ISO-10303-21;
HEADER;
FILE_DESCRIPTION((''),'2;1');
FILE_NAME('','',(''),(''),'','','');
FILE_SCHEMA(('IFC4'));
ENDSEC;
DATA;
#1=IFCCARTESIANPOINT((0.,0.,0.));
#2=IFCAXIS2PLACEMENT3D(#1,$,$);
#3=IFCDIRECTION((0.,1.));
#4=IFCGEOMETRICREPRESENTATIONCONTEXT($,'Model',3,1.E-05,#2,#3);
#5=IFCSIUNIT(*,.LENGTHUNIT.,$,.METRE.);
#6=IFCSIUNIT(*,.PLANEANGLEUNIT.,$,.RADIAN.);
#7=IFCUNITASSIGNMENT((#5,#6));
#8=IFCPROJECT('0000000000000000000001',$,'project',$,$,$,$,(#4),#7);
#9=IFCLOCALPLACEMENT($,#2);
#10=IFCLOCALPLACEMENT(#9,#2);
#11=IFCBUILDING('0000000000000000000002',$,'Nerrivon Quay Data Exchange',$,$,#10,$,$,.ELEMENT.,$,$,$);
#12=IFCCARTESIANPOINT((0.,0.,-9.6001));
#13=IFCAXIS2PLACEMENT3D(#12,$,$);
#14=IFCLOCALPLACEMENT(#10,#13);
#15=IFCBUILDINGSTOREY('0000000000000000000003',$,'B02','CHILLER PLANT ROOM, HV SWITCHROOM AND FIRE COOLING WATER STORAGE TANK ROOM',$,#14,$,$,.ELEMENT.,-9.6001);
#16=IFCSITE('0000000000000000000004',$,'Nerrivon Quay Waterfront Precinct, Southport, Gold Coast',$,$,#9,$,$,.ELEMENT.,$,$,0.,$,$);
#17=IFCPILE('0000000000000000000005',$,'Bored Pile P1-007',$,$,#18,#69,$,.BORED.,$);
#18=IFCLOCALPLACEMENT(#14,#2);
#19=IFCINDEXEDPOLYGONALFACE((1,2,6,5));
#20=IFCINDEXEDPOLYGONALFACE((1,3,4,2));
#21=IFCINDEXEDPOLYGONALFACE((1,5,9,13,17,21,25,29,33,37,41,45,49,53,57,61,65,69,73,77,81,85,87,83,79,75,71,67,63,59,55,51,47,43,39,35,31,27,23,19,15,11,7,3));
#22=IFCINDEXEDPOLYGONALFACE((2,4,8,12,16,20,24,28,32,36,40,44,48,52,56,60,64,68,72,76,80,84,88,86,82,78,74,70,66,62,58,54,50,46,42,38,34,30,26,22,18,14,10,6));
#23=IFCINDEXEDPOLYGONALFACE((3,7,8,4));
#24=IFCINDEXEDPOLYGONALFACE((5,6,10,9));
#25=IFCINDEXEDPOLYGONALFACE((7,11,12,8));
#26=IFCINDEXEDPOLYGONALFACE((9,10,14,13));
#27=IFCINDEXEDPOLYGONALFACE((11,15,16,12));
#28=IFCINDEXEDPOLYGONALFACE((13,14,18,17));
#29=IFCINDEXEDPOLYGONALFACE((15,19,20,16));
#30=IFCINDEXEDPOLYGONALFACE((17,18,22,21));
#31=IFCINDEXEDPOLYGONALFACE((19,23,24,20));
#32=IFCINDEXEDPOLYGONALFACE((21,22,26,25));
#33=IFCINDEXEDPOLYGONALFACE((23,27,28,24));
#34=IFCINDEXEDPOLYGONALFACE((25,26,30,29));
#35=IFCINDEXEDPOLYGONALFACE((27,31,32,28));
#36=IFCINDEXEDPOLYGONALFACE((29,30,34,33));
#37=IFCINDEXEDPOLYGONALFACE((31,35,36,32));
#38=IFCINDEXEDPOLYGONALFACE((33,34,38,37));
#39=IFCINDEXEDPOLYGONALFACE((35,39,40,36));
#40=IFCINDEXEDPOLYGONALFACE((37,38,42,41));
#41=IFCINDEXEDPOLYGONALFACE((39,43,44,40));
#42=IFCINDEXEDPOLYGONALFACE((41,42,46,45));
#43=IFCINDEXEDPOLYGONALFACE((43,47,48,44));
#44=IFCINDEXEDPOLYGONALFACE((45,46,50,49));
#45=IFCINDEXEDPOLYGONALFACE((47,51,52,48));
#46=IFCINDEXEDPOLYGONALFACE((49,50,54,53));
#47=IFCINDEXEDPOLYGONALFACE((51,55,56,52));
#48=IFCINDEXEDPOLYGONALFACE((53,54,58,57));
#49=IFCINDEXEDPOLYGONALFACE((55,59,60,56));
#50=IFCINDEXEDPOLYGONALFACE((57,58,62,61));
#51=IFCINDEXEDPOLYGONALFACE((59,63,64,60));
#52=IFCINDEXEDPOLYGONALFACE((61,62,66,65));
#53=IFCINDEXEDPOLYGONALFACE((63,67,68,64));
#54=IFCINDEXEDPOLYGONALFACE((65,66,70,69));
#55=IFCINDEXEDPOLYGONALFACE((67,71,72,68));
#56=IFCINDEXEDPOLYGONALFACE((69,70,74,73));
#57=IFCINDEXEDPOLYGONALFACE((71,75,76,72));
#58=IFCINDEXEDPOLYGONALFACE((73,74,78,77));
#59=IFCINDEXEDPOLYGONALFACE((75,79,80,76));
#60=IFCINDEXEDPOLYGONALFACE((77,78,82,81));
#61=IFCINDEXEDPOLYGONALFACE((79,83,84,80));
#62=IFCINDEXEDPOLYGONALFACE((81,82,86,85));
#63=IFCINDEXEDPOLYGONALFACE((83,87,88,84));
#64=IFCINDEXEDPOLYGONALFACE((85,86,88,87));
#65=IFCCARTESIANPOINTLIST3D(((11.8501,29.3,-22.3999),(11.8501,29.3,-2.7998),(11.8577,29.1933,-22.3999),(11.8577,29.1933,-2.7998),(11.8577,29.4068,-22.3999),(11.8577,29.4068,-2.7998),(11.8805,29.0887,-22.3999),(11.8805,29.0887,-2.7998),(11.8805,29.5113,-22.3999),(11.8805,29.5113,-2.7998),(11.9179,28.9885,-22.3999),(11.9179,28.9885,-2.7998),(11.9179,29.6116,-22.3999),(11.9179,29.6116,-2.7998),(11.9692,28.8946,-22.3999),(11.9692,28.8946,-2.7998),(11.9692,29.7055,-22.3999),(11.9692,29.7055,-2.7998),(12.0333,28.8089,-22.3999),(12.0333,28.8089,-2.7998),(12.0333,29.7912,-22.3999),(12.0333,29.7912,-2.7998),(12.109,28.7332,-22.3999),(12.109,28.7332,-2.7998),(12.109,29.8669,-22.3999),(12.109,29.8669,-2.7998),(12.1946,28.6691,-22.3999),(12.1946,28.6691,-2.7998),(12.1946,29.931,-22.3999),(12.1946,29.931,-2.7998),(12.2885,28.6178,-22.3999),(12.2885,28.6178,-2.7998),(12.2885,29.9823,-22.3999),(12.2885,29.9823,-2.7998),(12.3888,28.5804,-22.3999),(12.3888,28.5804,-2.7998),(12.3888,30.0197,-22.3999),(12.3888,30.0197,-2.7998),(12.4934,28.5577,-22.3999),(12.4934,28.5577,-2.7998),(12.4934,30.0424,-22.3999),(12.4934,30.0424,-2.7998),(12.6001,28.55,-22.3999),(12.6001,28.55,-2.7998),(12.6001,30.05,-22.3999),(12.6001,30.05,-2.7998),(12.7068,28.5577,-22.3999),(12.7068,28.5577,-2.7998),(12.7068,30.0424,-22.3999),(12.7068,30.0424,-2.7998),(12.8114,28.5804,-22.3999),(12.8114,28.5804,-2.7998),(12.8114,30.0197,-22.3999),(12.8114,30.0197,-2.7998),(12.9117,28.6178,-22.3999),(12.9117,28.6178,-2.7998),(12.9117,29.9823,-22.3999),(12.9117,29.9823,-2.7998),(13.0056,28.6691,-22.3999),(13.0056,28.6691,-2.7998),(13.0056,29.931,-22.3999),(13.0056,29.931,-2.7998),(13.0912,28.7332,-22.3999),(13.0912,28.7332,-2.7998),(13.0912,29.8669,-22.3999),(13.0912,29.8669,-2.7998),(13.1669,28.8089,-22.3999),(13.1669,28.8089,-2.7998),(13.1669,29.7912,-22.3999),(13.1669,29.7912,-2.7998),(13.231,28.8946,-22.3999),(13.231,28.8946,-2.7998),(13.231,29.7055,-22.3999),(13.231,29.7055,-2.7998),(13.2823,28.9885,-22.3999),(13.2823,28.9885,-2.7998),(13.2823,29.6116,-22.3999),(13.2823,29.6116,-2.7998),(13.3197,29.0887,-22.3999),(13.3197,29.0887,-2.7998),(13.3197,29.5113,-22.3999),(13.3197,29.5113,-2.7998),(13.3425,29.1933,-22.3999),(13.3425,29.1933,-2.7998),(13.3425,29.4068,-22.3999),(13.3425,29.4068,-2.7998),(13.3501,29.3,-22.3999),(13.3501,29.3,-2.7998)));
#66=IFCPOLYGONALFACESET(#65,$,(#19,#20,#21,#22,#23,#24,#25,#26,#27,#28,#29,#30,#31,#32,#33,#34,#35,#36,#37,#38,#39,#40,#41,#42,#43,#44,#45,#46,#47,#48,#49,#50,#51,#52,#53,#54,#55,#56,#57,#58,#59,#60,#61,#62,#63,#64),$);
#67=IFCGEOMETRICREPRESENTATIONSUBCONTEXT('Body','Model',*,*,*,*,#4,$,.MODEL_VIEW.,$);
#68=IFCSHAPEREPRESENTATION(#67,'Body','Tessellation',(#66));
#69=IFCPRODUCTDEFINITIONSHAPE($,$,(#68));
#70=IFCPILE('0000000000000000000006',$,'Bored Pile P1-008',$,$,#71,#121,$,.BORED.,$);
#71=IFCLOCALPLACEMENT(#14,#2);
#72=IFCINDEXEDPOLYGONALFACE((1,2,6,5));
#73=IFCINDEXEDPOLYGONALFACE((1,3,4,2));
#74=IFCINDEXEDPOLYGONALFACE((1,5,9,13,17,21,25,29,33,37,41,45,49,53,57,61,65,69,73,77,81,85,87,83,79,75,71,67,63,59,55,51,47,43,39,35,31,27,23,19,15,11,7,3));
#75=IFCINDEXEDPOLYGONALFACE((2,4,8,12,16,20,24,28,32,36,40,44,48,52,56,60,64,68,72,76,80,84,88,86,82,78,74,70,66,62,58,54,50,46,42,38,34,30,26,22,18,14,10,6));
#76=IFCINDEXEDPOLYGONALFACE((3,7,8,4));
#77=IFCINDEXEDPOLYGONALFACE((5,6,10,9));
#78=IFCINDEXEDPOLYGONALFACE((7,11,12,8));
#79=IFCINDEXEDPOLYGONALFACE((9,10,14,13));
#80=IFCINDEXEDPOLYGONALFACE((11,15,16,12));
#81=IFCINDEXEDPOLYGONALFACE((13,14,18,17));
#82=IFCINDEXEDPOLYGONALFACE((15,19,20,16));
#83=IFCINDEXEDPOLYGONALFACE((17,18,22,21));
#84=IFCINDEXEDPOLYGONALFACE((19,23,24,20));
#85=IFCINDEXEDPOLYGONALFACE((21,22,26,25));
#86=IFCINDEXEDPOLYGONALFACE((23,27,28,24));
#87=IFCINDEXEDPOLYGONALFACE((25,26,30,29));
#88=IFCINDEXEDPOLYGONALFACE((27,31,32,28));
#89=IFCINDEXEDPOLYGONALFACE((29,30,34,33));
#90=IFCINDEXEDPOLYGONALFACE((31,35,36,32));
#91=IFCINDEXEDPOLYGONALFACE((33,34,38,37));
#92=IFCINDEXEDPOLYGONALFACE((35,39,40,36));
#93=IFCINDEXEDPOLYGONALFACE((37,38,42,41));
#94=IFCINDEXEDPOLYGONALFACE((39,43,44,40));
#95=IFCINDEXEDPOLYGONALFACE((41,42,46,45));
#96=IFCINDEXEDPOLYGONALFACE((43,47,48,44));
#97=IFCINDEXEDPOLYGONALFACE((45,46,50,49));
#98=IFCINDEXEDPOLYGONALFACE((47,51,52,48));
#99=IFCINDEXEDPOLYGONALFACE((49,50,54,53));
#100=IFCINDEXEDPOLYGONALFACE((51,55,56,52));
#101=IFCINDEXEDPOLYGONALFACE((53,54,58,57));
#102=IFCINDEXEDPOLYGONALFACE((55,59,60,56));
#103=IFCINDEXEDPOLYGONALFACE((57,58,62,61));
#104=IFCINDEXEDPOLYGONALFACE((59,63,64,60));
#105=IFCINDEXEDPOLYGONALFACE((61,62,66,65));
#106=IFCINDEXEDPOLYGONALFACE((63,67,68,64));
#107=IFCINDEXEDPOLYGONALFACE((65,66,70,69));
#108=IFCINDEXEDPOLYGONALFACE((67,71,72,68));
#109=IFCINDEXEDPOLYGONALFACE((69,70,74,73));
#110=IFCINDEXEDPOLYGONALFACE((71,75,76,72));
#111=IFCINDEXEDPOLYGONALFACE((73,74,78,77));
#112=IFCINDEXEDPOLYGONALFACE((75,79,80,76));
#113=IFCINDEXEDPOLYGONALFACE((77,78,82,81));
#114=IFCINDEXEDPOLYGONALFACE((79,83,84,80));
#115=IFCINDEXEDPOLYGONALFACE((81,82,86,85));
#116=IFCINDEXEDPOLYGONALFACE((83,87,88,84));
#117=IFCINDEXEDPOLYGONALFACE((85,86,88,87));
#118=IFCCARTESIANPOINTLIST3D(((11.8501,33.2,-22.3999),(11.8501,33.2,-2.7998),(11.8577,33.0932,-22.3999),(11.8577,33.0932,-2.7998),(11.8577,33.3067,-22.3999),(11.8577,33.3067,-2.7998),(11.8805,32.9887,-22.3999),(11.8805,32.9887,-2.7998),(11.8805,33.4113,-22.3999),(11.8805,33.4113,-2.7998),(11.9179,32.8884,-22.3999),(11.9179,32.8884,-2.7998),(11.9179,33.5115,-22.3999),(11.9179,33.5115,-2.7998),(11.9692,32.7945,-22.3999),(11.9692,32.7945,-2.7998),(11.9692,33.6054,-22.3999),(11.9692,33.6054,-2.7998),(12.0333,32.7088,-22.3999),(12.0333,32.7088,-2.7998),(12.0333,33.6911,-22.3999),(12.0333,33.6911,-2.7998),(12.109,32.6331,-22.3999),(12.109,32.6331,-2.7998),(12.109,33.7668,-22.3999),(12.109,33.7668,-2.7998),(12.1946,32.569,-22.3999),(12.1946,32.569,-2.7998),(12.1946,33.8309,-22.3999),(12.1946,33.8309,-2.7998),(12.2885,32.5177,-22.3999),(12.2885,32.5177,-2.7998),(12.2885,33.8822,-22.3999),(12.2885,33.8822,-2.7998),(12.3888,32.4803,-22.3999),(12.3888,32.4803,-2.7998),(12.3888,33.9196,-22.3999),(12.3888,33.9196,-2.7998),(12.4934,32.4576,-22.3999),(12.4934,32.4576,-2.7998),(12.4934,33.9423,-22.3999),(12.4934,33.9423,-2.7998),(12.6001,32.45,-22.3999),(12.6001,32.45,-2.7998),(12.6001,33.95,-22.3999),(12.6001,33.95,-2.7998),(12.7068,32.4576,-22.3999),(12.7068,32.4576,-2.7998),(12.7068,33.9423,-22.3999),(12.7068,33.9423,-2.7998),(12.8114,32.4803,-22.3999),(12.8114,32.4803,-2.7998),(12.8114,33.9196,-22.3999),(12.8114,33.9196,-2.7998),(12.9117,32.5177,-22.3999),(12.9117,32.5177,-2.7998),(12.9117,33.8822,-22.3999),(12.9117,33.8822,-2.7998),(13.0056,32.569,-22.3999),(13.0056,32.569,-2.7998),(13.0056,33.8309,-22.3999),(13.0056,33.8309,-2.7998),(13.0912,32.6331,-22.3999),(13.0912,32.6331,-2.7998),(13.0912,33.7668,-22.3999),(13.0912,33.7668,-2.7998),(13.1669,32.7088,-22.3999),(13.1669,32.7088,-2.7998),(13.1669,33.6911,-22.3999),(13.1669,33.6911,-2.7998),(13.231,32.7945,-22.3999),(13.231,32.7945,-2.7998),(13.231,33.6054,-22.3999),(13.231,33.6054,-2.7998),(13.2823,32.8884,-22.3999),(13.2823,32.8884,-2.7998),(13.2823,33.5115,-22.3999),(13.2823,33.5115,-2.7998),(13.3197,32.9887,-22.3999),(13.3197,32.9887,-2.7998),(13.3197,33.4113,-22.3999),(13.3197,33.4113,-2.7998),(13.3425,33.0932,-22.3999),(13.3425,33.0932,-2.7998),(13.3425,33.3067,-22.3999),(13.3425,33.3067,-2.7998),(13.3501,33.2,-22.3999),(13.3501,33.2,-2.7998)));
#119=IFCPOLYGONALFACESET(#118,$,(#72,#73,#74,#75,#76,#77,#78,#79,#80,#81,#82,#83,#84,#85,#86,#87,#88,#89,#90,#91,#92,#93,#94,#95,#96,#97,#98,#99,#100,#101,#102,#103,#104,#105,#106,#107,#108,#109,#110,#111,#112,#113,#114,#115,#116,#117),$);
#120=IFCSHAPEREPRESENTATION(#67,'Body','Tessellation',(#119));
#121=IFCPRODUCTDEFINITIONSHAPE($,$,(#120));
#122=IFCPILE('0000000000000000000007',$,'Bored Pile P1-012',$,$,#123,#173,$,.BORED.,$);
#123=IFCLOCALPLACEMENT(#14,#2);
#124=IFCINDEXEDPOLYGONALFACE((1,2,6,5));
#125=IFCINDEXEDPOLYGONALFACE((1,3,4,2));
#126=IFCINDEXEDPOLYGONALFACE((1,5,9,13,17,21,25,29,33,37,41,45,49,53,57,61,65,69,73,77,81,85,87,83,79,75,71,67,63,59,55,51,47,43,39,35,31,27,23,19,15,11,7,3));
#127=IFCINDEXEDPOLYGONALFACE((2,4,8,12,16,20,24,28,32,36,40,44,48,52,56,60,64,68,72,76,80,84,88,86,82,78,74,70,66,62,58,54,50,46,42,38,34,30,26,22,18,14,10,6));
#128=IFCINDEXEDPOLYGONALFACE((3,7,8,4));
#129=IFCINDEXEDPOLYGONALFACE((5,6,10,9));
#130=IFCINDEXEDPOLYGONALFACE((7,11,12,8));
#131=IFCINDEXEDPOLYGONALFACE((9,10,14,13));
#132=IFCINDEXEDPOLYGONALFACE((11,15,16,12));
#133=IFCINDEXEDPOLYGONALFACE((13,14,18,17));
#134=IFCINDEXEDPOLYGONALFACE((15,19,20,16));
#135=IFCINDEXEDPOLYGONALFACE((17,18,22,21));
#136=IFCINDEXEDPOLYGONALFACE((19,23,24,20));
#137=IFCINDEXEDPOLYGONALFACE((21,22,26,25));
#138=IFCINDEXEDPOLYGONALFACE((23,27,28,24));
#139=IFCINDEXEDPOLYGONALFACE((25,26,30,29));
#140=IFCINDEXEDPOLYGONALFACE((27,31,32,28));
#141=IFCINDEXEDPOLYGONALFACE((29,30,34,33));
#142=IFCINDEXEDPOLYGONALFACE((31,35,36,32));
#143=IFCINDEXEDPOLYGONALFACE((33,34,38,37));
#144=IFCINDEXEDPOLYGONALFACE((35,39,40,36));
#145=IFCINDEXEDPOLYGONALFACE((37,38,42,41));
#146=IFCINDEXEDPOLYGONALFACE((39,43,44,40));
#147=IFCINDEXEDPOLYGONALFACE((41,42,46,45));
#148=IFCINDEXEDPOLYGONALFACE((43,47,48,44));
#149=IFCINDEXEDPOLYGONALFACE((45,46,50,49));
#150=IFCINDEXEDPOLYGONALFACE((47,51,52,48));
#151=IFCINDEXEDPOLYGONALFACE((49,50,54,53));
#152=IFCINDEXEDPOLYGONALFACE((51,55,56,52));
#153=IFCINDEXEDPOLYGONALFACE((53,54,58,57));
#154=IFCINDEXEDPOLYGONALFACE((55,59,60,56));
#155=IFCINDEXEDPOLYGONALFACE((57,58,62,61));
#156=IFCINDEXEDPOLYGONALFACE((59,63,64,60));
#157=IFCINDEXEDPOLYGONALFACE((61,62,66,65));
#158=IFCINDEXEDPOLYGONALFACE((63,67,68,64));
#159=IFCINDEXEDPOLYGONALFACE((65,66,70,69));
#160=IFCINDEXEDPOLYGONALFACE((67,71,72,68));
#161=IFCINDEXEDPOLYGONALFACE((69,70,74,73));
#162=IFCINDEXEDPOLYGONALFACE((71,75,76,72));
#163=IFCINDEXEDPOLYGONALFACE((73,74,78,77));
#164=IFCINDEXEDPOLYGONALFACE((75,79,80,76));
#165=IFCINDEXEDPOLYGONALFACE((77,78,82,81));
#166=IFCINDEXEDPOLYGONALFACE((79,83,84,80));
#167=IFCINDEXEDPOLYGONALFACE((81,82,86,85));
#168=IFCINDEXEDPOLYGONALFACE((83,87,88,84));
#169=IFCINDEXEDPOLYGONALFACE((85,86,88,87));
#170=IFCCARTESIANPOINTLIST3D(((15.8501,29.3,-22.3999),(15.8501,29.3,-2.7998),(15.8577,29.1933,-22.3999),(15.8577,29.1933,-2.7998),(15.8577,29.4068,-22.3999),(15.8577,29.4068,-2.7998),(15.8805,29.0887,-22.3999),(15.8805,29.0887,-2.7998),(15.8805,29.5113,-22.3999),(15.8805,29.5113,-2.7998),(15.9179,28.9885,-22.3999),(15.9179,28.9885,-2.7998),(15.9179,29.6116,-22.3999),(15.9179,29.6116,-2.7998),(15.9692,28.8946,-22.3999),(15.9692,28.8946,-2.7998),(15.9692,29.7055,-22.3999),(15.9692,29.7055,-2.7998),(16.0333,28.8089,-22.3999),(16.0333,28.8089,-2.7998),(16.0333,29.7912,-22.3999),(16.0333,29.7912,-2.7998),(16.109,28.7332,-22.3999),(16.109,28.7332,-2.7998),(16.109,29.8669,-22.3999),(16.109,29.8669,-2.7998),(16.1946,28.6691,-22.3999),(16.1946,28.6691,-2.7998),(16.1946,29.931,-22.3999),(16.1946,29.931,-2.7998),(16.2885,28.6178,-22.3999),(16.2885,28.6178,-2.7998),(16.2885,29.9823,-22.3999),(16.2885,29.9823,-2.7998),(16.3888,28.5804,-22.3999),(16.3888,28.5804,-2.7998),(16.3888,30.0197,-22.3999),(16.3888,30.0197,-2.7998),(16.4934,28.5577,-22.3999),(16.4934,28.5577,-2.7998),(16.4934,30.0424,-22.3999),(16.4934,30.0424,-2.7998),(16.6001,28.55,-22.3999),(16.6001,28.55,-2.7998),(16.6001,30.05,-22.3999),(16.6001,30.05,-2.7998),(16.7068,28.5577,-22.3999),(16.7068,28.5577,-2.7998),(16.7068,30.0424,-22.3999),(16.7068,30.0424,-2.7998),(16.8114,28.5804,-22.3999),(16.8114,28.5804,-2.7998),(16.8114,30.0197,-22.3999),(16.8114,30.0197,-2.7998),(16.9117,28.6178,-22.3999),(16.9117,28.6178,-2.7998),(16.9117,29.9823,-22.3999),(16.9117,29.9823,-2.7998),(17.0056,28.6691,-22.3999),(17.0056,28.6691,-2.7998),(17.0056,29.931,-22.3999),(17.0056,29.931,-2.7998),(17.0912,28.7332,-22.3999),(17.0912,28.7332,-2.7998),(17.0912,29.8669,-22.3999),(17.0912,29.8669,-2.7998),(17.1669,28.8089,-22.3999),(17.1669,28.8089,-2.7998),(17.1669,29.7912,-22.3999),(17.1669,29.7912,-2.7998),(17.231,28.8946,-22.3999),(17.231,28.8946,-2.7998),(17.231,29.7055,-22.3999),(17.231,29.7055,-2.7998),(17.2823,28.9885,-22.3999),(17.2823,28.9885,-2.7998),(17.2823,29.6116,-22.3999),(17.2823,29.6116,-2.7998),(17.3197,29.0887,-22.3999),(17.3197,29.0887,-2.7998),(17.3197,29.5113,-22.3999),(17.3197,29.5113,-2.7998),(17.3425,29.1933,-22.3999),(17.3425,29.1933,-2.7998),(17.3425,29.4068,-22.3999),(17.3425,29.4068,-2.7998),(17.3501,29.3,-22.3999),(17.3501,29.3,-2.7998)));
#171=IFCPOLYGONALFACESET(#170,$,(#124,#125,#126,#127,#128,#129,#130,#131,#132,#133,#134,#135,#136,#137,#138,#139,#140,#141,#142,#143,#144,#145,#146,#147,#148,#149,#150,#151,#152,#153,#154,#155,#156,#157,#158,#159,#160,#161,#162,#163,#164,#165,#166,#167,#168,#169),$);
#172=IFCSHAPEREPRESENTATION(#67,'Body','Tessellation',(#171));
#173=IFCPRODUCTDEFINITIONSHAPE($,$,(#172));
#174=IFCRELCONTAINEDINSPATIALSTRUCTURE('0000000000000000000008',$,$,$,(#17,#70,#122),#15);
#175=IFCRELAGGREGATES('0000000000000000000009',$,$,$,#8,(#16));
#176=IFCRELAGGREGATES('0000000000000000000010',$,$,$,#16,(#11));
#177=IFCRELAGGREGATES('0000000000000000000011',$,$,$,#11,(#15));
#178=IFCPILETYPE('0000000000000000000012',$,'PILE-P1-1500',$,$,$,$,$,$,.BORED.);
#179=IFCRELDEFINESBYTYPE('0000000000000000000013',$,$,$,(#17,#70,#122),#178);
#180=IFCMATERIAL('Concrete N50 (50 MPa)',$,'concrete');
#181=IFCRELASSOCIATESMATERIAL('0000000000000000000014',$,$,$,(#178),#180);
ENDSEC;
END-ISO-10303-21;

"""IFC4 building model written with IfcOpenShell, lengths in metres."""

from ifc_helpers import new_model, si_unit, direction, frame, origin, origin_2d, place, context, subcontext, project, spatial, circle, extrude, material, material_profile, profile_set, type_object, element, save


model = new_model("IFC4")

# Units and contexts
model_context = context("Model", 3, precision=1e-05, world=origin(), true_north=direction((0.0, 1.0)))
body_context = subcontext(model_context, "Body", "Model", "MODEL_VIEW")
ifc_project = project(units=[si_unit("LENGTHUNIT", "METRE"), si_unit("PLANEANGLEUNIT", "RADIAN")], contexts=[model_context])

# Site, building, storey
site_placement = place(None, origin())
site = spatial("IfcSite", under=ifc_project, at=site_placement, Name="Nerrivon Quay Waterfront Precinct, Southport, Gold Coast", CompositionType="ELEMENT", RefElevation=0.0)
building_placement = place(site_placement, origin())
building = spatial("IfcBuilding", under=site, at=building_placement, Name="Nerrivon Quay Data Exchange", CompositionType="ELEMENT")
storey_placement = place(building_placement, frame((0.0, 0.0, -9.6001)))
storey = spatial("IfcBuildingStorey", under=building, at=storey_placement, Name="B02", Description="CHILLER PLANT ROOM, HV SWITCHROOM AND FIRE COOLING WATER STORAGE TANK ROOM", CompositionType="ELEMENT", Elevation=-9.6001)

# Piles
ifc_material_1 = material(Name="Concrete N50 (50 MPa)", Category="concrete")
ifc_material_profile_1 = material_profile(ifc_material_1, circle(Radius=0.75, at=origin_2d()), Name="PILE-1500")
ifc_profile_set_1 = profile_set([ifc_material_profile_1], Name="Concrete N50 (50 MPa)")
pile_type_1 = type_object("IfcPileType", Name="PILE-P1-1500", PredefinedType="BORED", material=ifc_profile_set_1)
for number, where, z_axis, x_axis, name in (
    (1, (12.6001, 29.3, -2.7998), (0.0, 0.0, -1.0), (1.0, 0.0, 0.0), "Bored Pile P1-007"),
    (2, (12.6001, 33.2, -2.7998), (0.0, 0.0, -1.0), (1.0, 0.0, 0.0), "Bored Pile P1-008"),
    (3, (16.6001, 29.3, -2.7998), (0.0, 0.0, -1.0), (1.0, 0.0, 0.0), "Bored Pile P1-012"),
):
    element("IfcPile", number, at=place(storey_placement, frame(where, z_axis=z_axis, x_axis=x_axis)), inside=storey, type_object=pile_type_1, Name=name, PredefinedType="BORED", context=body_context, shape_type="SweptSolid", body=[
        extrude(circle(Radius=0.75, at=origin_2d()), origin(), (0.0, 0.0, 1.0), 19.6001),
    ])

save(model, "model.ifc")
